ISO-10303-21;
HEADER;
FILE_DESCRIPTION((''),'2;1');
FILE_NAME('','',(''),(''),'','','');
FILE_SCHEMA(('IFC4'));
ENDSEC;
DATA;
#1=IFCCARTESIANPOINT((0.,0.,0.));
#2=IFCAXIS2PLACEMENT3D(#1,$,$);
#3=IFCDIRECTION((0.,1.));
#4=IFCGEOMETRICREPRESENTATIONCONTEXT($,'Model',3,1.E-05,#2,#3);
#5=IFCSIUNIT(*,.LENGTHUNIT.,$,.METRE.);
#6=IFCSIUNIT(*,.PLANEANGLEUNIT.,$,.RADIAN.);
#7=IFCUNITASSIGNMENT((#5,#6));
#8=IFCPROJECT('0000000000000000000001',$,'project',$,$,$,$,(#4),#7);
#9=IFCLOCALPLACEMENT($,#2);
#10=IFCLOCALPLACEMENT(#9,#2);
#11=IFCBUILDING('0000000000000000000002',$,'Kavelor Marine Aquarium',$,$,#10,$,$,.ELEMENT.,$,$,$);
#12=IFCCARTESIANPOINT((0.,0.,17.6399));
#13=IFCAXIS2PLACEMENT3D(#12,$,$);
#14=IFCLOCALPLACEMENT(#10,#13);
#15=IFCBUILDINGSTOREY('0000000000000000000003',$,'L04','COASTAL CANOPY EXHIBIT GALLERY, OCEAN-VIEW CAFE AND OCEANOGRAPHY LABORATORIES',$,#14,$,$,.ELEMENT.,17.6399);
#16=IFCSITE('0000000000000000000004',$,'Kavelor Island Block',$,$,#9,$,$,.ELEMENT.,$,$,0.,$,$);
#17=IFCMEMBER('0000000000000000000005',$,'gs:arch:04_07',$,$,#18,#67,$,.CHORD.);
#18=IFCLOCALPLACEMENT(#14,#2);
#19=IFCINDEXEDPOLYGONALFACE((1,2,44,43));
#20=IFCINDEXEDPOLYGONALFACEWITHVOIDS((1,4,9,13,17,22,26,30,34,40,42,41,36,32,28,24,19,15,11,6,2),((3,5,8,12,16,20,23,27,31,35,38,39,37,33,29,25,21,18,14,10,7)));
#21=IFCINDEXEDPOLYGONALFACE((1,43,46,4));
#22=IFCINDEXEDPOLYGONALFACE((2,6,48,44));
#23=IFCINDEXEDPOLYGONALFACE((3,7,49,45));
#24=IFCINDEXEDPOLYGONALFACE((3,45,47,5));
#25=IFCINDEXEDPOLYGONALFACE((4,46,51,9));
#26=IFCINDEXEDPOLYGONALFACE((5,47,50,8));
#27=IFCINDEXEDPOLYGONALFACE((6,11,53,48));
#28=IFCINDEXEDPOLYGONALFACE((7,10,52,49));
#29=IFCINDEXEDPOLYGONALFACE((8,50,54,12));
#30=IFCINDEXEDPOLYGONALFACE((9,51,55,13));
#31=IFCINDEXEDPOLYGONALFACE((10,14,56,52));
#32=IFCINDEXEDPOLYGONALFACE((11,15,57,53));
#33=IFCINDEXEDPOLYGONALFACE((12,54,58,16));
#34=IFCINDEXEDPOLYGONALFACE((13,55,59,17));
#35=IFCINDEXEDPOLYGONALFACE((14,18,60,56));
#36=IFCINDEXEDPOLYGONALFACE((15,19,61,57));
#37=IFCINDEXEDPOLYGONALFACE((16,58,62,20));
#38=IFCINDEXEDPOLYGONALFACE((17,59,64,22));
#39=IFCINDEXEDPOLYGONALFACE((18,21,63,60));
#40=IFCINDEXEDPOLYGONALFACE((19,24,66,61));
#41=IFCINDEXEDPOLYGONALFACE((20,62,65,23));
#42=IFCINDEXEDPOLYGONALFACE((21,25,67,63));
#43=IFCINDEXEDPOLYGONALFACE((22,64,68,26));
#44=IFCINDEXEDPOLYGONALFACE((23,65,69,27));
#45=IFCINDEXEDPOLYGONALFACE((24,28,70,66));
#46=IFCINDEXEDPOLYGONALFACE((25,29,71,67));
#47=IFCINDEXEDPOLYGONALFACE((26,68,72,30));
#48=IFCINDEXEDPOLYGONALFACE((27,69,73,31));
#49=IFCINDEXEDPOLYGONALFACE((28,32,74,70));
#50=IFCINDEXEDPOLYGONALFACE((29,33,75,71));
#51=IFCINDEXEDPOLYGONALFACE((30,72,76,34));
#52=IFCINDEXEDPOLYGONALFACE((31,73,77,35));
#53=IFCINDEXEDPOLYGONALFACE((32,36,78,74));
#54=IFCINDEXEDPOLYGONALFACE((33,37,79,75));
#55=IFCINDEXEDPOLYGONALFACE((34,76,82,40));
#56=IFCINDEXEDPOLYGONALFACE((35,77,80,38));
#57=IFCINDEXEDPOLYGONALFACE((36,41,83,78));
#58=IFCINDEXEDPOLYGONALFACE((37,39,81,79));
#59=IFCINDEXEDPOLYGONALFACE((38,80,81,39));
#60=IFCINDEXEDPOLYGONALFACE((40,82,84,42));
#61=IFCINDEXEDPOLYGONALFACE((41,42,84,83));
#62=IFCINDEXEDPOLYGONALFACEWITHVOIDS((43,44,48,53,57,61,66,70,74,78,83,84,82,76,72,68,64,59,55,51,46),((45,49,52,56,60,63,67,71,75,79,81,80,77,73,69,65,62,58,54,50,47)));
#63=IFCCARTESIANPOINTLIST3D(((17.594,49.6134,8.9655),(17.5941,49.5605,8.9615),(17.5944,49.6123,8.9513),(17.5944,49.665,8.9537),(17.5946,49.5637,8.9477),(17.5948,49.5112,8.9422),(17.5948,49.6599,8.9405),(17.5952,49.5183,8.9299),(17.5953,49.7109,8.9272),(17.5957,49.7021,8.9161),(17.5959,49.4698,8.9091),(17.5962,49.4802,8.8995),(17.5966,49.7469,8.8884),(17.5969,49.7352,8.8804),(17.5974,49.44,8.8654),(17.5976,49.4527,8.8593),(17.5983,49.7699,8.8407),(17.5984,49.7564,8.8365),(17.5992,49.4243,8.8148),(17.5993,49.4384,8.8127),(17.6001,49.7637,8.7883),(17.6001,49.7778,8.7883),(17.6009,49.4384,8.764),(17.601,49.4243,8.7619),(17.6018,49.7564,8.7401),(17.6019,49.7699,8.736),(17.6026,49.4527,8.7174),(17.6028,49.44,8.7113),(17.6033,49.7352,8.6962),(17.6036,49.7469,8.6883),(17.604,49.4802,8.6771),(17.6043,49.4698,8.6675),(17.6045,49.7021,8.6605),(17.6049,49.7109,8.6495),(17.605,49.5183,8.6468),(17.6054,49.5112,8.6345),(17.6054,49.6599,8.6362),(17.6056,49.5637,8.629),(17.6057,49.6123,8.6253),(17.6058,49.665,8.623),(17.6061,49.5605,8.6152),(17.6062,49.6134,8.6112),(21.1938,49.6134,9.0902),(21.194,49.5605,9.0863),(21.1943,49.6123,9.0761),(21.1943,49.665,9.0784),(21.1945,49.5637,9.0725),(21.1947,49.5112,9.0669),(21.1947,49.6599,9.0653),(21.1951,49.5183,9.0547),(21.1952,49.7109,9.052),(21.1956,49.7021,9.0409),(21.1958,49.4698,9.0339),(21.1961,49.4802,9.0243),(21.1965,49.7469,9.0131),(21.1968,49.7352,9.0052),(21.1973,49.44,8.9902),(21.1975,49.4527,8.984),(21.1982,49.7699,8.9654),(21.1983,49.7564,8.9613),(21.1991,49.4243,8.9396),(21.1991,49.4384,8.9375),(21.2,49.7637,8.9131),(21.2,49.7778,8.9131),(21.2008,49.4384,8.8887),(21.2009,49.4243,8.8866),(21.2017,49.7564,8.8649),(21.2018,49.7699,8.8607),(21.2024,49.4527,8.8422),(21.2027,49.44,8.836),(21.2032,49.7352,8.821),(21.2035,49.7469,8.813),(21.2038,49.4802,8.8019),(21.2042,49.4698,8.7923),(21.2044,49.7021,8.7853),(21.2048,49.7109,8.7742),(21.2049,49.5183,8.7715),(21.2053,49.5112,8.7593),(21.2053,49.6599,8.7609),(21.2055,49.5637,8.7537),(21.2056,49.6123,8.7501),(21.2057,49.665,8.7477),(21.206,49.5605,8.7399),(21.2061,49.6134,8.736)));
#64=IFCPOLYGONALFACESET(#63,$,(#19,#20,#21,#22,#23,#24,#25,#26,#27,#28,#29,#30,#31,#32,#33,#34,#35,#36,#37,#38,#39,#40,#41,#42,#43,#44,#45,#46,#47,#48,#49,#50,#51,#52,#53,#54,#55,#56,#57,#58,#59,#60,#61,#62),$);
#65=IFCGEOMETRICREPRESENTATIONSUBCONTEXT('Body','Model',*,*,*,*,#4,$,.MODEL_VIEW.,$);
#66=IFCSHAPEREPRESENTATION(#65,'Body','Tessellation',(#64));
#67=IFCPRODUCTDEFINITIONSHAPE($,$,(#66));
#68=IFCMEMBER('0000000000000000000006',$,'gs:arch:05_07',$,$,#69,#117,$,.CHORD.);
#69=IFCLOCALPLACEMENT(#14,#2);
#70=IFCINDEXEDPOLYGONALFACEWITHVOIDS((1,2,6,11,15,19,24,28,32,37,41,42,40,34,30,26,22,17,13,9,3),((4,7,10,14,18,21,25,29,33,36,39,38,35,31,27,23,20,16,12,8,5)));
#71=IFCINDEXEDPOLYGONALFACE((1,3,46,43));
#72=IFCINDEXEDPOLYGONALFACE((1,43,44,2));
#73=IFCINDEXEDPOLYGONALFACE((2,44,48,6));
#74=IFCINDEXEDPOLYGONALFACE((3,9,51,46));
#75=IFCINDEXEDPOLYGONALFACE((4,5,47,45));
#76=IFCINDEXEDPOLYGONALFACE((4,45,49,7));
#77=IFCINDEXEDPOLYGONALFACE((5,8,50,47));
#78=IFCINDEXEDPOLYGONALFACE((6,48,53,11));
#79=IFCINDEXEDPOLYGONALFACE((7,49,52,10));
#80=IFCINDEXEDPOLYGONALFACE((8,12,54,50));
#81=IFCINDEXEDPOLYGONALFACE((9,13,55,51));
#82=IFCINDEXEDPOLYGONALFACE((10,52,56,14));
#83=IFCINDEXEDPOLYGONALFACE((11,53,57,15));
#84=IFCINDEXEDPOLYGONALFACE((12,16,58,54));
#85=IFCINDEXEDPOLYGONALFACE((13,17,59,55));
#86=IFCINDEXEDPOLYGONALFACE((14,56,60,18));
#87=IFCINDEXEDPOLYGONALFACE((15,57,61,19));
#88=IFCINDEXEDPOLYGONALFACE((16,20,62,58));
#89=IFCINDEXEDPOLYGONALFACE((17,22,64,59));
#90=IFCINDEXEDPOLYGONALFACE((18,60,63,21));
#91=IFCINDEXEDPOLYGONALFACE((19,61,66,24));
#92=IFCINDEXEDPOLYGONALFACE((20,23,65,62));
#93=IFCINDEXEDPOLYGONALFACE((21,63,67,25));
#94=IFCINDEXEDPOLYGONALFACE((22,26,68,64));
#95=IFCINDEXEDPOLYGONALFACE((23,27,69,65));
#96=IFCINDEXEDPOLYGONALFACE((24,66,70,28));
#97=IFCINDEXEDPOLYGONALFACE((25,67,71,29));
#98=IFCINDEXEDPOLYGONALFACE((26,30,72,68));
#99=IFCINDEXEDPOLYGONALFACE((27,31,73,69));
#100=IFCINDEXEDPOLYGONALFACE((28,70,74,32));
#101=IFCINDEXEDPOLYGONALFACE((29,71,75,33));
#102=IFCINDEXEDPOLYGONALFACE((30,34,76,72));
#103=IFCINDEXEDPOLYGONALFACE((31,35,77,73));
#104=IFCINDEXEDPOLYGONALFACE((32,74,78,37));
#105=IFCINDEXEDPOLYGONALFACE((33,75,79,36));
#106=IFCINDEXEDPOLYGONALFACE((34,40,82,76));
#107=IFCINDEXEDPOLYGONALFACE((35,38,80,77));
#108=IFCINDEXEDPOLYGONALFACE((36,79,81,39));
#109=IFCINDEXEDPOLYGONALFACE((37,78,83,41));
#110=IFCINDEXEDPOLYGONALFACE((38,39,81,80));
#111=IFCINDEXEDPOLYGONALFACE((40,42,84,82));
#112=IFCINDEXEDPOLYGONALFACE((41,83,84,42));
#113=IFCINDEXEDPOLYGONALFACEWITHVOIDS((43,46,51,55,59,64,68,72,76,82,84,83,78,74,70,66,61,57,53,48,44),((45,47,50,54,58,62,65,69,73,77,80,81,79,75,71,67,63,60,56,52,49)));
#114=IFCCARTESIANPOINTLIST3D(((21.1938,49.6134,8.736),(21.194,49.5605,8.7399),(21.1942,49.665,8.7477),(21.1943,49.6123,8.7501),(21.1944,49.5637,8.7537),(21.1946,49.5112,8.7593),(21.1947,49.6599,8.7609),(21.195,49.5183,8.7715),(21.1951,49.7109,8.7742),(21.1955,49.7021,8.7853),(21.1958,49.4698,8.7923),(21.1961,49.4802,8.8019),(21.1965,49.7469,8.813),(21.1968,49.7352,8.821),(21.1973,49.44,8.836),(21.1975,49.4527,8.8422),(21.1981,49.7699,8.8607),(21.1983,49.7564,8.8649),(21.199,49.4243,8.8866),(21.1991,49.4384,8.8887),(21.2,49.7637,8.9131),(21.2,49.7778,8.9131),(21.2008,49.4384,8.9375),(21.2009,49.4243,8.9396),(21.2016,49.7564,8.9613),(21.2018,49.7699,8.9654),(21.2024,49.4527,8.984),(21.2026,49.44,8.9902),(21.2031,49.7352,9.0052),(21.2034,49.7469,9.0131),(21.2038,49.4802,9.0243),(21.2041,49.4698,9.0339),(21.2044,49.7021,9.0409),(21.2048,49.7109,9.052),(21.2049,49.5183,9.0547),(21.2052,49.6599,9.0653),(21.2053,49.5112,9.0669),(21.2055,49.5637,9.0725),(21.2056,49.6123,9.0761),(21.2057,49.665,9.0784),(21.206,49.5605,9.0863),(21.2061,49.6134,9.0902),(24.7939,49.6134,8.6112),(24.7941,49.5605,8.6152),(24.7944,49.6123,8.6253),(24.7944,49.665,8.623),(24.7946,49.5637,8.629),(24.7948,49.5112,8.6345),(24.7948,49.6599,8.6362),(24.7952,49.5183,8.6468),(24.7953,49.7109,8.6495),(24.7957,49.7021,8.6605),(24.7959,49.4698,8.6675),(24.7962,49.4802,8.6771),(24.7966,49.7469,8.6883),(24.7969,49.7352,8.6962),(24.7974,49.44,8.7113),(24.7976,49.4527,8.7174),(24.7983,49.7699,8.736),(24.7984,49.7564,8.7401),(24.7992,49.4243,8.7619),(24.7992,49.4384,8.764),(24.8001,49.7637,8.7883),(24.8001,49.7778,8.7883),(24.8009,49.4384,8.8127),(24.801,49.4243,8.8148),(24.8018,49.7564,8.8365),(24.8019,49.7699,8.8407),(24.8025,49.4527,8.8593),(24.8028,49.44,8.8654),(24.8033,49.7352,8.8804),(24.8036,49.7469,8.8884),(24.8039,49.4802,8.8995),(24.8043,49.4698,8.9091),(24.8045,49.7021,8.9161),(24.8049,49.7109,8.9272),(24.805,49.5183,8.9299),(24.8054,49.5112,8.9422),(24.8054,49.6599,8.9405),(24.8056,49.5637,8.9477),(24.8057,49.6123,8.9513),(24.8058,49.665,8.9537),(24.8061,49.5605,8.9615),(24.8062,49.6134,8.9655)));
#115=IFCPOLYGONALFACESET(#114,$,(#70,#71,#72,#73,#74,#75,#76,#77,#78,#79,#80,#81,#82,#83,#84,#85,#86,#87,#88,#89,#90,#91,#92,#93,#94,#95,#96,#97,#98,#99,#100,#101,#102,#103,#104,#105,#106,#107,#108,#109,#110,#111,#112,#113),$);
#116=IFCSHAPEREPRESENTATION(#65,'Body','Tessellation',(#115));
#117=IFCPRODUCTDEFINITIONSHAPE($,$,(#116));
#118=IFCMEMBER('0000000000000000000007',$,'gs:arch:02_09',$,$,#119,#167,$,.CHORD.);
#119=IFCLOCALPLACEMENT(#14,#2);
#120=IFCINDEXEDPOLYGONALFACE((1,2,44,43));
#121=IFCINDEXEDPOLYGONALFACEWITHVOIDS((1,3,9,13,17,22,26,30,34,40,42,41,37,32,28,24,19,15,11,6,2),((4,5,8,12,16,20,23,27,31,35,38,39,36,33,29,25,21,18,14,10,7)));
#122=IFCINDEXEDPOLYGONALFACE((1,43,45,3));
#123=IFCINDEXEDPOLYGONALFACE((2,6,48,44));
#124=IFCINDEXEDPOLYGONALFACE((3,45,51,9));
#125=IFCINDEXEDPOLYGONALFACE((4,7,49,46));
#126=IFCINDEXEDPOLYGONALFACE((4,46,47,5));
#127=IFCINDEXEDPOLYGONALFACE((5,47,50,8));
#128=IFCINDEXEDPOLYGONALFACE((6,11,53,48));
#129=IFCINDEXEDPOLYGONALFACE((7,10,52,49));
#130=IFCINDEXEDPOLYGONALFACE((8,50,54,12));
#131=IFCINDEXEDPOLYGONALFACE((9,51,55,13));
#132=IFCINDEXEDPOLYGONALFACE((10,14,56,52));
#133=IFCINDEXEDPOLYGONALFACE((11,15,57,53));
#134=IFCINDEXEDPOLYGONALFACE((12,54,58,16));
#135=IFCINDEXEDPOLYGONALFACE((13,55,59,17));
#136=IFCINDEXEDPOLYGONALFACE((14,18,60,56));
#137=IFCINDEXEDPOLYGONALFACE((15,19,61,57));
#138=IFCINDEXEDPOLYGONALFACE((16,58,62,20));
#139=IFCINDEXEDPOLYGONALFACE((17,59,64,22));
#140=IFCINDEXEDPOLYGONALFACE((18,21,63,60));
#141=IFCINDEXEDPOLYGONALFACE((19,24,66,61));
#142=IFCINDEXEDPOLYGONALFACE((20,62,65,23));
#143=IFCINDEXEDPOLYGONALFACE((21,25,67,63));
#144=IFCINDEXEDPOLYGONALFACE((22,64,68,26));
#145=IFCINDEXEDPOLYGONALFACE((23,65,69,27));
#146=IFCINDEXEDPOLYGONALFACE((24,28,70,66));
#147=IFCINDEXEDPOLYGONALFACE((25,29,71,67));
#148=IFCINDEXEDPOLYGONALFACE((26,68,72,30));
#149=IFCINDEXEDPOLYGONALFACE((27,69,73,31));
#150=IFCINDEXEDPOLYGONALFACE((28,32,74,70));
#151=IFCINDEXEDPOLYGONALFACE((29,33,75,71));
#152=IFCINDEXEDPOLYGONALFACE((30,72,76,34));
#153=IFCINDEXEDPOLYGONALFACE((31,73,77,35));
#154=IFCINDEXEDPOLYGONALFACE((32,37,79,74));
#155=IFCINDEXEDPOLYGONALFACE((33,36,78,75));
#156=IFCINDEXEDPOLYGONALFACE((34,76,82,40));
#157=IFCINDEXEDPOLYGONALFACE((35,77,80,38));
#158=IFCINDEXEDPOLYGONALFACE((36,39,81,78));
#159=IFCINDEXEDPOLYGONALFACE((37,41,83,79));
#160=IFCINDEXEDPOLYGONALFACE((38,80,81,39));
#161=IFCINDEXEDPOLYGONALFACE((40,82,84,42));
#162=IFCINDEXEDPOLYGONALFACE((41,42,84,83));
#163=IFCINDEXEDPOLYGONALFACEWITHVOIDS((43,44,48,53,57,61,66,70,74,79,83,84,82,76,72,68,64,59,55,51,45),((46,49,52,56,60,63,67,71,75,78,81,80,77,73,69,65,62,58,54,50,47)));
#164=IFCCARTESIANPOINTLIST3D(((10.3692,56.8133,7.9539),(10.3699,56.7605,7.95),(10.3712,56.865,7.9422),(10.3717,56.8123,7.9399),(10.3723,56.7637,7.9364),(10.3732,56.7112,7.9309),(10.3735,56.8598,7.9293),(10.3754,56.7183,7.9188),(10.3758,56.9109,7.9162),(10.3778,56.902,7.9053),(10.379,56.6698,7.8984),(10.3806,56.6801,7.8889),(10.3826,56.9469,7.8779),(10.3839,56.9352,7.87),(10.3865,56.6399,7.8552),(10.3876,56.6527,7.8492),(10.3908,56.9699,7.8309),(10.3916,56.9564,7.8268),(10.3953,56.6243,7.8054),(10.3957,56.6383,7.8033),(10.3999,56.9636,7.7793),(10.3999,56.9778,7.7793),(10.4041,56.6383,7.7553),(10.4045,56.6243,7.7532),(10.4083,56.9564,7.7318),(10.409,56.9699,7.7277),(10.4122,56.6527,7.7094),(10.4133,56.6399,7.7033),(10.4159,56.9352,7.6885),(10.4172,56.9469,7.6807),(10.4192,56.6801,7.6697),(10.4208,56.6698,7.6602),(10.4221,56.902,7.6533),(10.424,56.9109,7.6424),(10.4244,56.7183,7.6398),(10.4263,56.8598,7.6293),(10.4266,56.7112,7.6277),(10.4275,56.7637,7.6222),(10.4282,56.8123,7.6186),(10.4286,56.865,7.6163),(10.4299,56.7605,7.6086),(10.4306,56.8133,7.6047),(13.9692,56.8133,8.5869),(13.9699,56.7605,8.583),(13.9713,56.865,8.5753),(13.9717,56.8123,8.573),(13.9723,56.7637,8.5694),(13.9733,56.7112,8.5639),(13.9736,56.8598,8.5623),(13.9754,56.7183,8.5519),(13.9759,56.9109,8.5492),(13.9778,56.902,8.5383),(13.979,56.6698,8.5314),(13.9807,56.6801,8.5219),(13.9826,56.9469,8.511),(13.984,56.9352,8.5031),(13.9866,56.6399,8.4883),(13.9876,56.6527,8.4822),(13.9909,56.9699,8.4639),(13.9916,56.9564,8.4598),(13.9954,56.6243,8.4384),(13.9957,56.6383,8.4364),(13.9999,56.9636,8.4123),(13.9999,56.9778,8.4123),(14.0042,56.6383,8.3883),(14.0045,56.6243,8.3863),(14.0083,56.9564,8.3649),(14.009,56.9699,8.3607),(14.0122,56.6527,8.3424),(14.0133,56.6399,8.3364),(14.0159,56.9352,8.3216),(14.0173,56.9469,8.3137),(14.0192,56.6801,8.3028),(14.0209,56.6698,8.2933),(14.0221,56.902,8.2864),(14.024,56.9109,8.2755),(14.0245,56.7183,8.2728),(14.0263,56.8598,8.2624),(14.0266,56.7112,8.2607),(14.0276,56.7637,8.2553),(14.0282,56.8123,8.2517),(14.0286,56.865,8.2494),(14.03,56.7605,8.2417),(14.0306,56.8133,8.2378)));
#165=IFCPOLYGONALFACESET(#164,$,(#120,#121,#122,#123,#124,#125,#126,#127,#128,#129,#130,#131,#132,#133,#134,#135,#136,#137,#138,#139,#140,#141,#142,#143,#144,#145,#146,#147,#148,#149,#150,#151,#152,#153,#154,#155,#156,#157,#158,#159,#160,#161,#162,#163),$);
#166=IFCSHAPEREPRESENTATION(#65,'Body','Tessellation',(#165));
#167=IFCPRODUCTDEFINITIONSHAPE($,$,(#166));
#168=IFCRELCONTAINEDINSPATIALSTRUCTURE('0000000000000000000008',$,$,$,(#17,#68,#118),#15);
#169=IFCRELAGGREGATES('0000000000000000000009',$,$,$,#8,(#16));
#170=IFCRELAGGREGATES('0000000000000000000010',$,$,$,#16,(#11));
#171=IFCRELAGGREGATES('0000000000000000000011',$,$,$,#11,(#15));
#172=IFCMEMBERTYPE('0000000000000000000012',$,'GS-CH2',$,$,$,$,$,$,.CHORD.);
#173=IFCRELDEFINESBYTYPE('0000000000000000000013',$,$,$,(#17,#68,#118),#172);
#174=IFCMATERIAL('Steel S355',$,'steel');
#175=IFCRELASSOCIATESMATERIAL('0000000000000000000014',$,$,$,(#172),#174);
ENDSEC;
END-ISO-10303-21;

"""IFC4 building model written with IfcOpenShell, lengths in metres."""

from ifc_helpers import new_model, si_unit, direction, frame, origin, origin_2d, place, context, subcontext, project, spatial, hollow_circle, extrude, material, material_profile, profile_set, type_object, element, save


model = new_model("IFC4")

# Units and contexts
model_context = context("Model", 3, precision=1e-05, world=origin(), true_north=direction((0.0, 1.0)))
body_context = subcontext(model_context, "Body", "Model", "MODEL_VIEW")
ifc_project = project(units=[si_unit("LENGTHUNIT", "METRE"), si_unit("PLANEANGLEUNIT", "RADIAN")], contexts=[model_context])

# Site, building, storey
site_placement = place(None, origin())
site = spatial("IfcSite", under=ifc_project, at=site_placement, Name="Kavelor Island Block", CompositionType="ELEMENT", RefElevation=0.0)
building_placement = place(site_placement, origin())
building = spatial("IfcBuilding", under=site, at=building_placement, Name="Kavelor Marine Aquarium", CompositionType="ELEMENT")
storey_placement = place(building_placement, frame((0.0, 0.0, 17.6399)))
storey = spatial("IfcBuildingStorey", under=building, at=storey_placement, Name="L04", Description="COASTAL CANOPY EXHIBIT GALLERY, OCEAN-VIEW CAFE AND OCEANOGRAPHY LABORATORIES", CompositionType="ELEMENT", Elevation=17.6399)

# Members
ifc_material_1 = material(Name="Steel S355", Category="steel")
ifc_material_profile_1 = material_profile(ifc_material_1, hollow_circle(Radius=0.1777, WallThickness=0.0142, at=origin_2d()), Name="CHS 355.6x14.2")
ifc_profile_set_1 = profile_set([ifc_material_profile_1], Name="Steel S355")
member_type_1 = type_object("IfcMemberType", Name="GS-CH2", PredefinedType="CHORD", material=ifc_profile_set_1)
member_1_placement = place(storey_placement, frame((17.6001, 49.6001, 8.7883), z_axis=(0.9994, 0.0, 0.034635), x_axis=(0.0, 1.0, 0.0)))
element("IfcMember", 1, at=member_1_placement, inside=storey, type_object=member_type_1, Name="gs:arch:04_07", PredefinedType="CHORD", context=body_context, shape_type="SweptSolid", body=[
    extrude(hollow_circle(Radius=0.1777, WallThickness=0.0142, at=origin_2d()), origin(), (0.0, 0.0, 1.0), 3.6021),
])
member_2_placement = place(storey_placement, frame((21.2, 49.6001, 8.9131), z_axis=(0.9994, 0.0, -0.034633), x_axis=(0.0, 1.0, 0.0)))
element("IfcMember", 2, at=member_2_placement, inside=storey, type_object=member_type_1, Name="gs:arch:05_07", PredefinedType="CHORD", context=body_context, shape_type="SweptSolid", body=[
    extrude(hollow_circle(Radius=0.1777, WallThickness=0.0142, at=origin_2d()), origin(), (0.0, 0.0, 1.0), 3.6023),
])
member_3_placement = place(storey_placement, frame((10.3999, 56.8, 7.7793), z_axis=(0.984889, 0.0, 0.173187), x_axis=(0.0, 1.0, 0.0)))
element("IfcMember", 3, at=member_3_placement, inside=storey, type_object=member_type_1, Name="gs:arch:02_09", PredefinedType="CHORD", context=body_context, shape_type="SweptSolid", body=[
    extrude(hollow_circle(Radius=0.1777, WallThickness=0.0142, at=origin_2d()), origin(), (0.0, 0.0, 1.0), 3.6553),
])

save(model, "model.ifc")
